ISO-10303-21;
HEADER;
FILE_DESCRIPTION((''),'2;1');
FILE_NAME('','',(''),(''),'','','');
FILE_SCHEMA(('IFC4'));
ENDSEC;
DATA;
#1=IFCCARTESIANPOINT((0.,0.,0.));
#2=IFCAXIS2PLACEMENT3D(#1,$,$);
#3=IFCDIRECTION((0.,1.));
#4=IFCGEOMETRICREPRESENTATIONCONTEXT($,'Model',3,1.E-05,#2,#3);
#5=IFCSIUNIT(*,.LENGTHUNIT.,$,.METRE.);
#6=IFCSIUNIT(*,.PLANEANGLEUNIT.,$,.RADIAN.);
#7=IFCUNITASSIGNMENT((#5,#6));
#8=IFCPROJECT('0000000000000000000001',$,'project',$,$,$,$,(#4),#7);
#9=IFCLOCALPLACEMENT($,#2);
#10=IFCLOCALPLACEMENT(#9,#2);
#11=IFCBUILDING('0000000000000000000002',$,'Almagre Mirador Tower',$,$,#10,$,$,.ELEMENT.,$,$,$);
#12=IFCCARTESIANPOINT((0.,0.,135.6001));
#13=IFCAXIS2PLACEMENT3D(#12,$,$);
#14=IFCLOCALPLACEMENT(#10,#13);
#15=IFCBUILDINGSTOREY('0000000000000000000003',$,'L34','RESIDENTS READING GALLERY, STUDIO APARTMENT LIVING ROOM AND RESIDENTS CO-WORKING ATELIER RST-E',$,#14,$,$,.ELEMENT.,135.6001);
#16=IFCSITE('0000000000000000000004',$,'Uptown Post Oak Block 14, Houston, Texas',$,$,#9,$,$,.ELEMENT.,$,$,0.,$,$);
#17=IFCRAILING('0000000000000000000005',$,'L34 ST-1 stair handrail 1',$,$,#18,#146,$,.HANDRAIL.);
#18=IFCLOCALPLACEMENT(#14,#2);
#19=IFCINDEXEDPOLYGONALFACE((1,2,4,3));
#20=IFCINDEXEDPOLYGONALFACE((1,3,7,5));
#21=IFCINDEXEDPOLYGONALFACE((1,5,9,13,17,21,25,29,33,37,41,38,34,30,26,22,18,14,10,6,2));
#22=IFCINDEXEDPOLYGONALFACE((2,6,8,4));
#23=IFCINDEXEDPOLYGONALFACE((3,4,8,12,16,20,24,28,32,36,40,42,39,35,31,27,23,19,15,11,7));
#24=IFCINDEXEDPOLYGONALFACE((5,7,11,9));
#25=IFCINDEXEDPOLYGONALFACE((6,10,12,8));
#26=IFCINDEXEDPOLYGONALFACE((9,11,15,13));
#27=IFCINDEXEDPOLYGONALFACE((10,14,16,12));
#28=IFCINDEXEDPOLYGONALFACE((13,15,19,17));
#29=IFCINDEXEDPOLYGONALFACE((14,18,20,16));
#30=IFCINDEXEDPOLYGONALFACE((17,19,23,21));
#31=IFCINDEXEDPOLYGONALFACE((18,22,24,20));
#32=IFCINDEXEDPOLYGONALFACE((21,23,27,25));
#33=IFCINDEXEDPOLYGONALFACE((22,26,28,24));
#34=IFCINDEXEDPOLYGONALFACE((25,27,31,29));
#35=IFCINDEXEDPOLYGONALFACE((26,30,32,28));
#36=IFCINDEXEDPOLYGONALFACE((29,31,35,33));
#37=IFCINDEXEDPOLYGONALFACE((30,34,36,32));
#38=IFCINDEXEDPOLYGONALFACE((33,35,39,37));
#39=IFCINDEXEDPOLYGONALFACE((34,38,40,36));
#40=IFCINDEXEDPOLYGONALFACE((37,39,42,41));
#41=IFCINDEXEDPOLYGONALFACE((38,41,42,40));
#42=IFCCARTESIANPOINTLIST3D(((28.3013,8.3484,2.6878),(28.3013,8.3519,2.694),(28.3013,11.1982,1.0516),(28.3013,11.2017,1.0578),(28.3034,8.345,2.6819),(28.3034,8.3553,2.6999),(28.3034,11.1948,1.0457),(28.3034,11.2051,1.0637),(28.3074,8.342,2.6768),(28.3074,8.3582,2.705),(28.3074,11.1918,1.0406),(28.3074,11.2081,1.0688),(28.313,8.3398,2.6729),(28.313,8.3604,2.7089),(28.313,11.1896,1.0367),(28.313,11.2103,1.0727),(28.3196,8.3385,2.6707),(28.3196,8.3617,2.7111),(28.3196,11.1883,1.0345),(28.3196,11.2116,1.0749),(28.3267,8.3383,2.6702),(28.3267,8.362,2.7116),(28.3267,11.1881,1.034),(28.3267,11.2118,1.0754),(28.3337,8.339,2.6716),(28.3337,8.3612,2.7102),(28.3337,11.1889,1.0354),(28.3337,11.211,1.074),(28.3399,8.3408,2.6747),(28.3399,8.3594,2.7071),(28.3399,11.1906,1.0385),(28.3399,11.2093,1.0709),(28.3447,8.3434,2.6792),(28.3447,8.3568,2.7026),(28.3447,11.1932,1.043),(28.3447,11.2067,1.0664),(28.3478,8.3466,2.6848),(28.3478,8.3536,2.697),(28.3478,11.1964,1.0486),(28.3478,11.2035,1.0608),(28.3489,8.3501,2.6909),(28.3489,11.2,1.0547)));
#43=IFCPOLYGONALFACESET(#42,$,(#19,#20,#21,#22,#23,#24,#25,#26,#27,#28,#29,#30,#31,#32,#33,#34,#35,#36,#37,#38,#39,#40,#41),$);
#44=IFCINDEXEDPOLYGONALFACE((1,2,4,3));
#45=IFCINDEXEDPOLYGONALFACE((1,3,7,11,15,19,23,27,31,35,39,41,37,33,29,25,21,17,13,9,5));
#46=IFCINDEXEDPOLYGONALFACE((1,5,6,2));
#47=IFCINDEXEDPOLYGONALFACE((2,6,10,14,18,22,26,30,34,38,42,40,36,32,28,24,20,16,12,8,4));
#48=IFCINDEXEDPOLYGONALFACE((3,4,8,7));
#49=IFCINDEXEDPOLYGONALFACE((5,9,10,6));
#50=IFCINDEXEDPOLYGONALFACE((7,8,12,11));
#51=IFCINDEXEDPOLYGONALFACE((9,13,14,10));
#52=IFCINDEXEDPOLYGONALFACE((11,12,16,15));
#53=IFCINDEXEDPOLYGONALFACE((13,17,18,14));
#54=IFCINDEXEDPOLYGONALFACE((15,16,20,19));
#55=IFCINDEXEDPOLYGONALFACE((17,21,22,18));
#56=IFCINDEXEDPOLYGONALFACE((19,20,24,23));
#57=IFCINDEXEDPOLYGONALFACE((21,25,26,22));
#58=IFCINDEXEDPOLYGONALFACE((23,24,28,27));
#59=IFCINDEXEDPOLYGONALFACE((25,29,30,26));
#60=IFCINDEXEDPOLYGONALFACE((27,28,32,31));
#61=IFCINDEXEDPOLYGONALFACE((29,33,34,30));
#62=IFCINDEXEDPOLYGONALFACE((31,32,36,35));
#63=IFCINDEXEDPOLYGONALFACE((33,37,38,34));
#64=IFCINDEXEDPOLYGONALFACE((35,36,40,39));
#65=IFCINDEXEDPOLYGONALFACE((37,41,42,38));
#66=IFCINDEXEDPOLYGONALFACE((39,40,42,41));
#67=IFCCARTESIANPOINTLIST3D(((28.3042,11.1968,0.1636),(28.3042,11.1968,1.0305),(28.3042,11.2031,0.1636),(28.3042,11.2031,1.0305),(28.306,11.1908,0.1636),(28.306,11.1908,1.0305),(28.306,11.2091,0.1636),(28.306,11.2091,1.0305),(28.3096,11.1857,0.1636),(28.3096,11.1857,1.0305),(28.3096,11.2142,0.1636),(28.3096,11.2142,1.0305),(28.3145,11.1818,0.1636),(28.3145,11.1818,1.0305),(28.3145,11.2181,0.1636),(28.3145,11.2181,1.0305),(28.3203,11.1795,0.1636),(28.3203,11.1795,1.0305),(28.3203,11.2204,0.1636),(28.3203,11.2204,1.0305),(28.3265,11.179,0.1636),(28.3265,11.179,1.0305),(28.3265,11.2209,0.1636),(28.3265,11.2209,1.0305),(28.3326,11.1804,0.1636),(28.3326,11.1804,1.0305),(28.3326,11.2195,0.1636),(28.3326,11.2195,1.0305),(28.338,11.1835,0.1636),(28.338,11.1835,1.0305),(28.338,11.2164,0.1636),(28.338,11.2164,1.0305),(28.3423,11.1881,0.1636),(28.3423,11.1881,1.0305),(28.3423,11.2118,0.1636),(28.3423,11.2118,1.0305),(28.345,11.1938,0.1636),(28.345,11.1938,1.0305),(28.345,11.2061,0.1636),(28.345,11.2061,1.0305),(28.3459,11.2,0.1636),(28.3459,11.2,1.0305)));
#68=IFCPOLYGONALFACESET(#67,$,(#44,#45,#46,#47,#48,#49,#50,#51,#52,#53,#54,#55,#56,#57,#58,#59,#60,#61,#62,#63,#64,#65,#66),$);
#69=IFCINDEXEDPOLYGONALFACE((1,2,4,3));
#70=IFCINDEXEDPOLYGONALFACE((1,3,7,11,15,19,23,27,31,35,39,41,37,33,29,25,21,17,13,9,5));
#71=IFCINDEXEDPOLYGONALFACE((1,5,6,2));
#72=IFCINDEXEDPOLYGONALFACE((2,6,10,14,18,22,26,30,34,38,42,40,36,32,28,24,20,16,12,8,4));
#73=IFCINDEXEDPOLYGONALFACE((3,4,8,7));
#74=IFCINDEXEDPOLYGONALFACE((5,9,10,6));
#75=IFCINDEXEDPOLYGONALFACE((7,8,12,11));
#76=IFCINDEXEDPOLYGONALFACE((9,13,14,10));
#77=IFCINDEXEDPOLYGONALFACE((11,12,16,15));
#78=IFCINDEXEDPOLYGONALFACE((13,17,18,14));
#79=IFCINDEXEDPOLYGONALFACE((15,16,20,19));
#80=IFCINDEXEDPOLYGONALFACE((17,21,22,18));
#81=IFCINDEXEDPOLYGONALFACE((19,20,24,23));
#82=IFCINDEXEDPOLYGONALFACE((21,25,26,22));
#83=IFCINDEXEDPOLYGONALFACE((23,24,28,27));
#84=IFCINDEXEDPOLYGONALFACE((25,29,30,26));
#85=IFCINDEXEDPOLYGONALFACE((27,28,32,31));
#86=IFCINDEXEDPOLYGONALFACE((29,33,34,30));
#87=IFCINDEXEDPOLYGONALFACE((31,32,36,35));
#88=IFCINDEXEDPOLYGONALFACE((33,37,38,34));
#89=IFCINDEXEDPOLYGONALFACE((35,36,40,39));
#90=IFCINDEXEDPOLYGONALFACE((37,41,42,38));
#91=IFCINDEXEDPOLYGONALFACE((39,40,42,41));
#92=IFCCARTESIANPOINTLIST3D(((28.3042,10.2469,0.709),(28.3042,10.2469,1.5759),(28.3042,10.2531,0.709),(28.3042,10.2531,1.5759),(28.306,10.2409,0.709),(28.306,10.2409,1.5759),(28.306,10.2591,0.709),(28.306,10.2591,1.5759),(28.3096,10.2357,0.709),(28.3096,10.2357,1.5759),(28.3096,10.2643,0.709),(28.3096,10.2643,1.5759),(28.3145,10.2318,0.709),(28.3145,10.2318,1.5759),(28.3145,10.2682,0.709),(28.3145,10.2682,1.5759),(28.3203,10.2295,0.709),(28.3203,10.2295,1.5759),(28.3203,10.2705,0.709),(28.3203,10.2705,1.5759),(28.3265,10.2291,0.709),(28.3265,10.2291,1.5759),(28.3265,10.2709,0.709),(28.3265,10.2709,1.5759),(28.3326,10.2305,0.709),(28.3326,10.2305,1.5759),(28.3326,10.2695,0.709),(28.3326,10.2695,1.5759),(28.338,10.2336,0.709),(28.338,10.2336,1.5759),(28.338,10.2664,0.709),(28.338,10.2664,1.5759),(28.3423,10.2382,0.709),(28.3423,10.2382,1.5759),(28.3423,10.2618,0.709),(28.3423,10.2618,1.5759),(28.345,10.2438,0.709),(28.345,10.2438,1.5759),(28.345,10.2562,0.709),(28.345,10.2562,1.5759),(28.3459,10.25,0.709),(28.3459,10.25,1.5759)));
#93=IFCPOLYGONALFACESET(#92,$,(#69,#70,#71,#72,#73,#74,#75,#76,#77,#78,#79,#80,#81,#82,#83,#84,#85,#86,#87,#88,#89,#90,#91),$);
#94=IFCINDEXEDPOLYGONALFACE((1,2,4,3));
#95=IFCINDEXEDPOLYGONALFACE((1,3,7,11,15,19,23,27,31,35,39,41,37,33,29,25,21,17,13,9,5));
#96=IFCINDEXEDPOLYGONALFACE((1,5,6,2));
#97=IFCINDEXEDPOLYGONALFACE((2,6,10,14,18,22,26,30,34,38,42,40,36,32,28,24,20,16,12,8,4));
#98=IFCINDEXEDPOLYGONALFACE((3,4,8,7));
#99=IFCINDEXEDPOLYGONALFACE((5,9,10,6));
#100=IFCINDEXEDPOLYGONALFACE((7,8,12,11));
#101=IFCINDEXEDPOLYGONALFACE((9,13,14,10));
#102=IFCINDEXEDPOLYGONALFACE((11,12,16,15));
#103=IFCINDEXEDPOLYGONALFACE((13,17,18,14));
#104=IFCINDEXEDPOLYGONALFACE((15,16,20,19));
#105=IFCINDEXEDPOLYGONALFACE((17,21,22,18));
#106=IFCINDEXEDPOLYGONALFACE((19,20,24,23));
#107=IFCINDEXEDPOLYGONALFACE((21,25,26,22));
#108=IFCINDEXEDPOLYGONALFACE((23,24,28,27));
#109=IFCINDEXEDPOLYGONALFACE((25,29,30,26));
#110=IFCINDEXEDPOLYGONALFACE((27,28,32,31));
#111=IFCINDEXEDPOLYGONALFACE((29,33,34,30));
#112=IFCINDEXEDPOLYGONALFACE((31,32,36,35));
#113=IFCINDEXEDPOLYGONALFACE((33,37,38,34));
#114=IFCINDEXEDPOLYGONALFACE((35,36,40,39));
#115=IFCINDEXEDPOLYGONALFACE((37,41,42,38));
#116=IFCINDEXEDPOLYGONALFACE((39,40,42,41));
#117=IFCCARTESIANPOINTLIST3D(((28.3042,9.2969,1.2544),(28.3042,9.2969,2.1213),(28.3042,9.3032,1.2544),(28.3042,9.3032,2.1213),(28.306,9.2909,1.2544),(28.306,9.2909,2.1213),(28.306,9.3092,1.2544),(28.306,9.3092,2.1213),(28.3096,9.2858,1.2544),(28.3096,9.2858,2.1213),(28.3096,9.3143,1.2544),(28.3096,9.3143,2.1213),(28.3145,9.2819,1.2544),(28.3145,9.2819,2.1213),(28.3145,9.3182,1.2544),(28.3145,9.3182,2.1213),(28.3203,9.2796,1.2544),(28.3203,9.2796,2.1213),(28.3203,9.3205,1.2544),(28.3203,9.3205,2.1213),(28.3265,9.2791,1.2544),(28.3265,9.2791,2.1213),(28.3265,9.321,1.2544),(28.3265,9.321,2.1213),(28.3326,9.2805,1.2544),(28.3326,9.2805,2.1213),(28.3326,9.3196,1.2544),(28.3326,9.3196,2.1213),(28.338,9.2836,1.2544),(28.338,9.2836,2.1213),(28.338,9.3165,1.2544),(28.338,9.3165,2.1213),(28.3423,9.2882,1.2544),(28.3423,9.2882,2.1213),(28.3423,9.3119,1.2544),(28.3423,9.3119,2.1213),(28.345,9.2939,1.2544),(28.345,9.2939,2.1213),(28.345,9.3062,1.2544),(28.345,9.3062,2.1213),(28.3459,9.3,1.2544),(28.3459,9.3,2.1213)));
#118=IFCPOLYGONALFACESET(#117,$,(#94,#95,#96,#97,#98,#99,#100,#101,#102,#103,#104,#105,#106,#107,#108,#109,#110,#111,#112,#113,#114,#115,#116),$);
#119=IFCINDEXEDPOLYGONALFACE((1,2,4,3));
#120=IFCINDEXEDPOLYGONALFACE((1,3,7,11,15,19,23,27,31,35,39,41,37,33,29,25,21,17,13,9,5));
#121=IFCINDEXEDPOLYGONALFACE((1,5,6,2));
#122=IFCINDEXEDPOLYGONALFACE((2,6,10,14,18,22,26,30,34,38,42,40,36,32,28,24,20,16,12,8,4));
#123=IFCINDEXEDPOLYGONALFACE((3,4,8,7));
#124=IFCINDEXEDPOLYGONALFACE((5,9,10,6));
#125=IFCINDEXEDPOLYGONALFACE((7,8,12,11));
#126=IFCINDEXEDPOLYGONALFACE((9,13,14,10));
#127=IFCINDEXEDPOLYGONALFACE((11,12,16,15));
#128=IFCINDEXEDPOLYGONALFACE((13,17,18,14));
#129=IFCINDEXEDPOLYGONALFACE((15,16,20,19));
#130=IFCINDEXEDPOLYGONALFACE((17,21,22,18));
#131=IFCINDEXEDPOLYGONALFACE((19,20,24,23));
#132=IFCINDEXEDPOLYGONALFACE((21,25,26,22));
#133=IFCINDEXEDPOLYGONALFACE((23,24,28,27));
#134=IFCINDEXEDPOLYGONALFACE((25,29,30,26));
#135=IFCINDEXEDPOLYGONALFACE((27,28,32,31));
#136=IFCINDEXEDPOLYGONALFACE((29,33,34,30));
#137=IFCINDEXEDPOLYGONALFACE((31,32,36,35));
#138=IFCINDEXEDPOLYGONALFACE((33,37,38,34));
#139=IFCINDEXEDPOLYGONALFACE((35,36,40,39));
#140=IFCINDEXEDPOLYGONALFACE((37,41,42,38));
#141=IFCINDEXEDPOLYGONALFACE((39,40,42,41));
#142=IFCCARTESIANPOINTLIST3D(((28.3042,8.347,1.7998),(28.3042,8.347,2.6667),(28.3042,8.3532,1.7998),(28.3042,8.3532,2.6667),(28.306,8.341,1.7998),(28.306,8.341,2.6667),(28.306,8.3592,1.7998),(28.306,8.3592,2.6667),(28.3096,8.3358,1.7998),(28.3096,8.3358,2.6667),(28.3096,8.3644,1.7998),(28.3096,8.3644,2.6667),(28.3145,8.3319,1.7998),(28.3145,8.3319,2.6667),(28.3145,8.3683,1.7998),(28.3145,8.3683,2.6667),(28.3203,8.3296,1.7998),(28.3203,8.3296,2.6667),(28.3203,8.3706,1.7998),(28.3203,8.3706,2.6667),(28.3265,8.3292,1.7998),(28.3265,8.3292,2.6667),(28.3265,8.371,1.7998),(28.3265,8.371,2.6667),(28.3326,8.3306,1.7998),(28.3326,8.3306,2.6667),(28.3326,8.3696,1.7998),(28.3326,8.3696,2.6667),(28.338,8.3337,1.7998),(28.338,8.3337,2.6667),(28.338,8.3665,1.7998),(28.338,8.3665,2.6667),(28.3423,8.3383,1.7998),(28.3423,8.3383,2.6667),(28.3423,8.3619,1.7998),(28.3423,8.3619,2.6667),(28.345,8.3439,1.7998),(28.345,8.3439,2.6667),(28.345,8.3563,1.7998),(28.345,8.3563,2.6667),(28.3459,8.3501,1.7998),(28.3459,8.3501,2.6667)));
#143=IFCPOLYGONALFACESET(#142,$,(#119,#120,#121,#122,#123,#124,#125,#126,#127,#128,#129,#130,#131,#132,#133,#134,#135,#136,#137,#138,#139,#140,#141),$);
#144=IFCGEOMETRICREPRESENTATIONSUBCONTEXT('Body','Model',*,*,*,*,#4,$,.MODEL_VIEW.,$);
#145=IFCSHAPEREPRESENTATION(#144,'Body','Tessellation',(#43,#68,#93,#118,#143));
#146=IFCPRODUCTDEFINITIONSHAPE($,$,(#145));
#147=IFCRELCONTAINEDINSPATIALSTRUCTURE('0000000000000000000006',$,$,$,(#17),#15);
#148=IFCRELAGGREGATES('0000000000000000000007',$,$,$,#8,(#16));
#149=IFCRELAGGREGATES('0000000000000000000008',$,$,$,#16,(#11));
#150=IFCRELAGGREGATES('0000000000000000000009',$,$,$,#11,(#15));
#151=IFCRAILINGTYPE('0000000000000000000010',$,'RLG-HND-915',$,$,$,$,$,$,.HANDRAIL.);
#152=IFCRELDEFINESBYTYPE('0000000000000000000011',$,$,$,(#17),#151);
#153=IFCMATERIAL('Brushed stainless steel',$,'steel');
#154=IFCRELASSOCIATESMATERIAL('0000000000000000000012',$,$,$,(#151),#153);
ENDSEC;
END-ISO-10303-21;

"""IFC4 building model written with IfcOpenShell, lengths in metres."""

from ifc_helpers import new_model, si_unit, direction, frame, origin, origin_2d, place, context, subcontext, project, spatial, circle, extrude, material, type_object, element, save


model = new_model("IFC4")

# Units and contexts
model_context = context("Model", 3, precision=1e-05, world=origin(), true_north=direction((0.0, 1.0)))
body_context = subcontext(model_context, "Body", "Model", "MODEL_VIEW")
ifc_project = project(units=[si_unit("LENGTHUNIT", "METRE"), si_unit("PLANEANGLEUNIT", "RADIAN")], contexts=[model_context])

# Site, building, storey
site_placement = place(None, origin())
site = spatial("IfcSite", under=ifc_project, at=site_placement, Name="Uptown Post Oak Block 14, Houston, Texas", CompositionType="ELEMENT", RefElevation=0.0)
building_placement = place(site_placement, origin())
building = spatial("IfcBuilding", under=site, at=building_placement, Name="Almagre Mirador Tower", CompositionType="ELEMENT")
storey_placement = place(building_placement, frame((0.0, 0.0, 135.6001)))
storey = spatial("IfcBuildingStorey", under=building, at=storey_placement, Name="L34", Description="RESIDENTS READING GALLERY, STUDIO APARTMENT LIVING ROOM AND RESIDENTS CO-WORKING ATELIER RST-E", CompositionType="ELEMENT", Elevation=135.6001)

# Railing
ifc_material_1 = material(Name="Brushed stainless steel", Category="steel")
railing_type_1 = type_object("IfcRailingType", Name="RLG-HND-915", PredefinedType="HANDRAIL", material=ifc_material_1)
railing_1_placement = place(storey_placement, frame((28.325, 11.2, 0.1636)))
element("IfcRailing", 1, at=railing_1_placement, inside=storey, type_object=railing_type_1, Name="L34 ST-1 stair handrail 1", PredefinedType="HANDRAIL", context=body_context, shape_type="SweptSolid", body=[
    extrude(circle(Radius=0.0239, at=origin_2d()), frame((0.0, 0.0, 0.8911), z_axis=(0.0, -0.867226, 0.497914), x_axis=(1.0, 0.0, 0.0)), (0.0, 0.0, 1.0), 3.2861),
    extrude(circle(Radius=0.021, at=origin_2d()), origin(), (0.0, 0.0, 1.0), 0.8669),
    extrude(circle(Radius=0.021, at=origin_2d()), frame((0.0, -0.95, 0.5454)), (0.0, 0.0, 1.0), 0.8669),
    extrude(circle(Radius=0.021, at=origin_2d()), frame((0.0, -1.8999, 1.0908)), (0.0, 0.0, 1.0), 0.8669),
    extrude(circle(Radius=0.021, at=origin_2d()), frame((0.0, -2.8499, 1.6362)), (0.0, 0.0, 1.0), 0.8669),
])

save(model, "model.ifc")
